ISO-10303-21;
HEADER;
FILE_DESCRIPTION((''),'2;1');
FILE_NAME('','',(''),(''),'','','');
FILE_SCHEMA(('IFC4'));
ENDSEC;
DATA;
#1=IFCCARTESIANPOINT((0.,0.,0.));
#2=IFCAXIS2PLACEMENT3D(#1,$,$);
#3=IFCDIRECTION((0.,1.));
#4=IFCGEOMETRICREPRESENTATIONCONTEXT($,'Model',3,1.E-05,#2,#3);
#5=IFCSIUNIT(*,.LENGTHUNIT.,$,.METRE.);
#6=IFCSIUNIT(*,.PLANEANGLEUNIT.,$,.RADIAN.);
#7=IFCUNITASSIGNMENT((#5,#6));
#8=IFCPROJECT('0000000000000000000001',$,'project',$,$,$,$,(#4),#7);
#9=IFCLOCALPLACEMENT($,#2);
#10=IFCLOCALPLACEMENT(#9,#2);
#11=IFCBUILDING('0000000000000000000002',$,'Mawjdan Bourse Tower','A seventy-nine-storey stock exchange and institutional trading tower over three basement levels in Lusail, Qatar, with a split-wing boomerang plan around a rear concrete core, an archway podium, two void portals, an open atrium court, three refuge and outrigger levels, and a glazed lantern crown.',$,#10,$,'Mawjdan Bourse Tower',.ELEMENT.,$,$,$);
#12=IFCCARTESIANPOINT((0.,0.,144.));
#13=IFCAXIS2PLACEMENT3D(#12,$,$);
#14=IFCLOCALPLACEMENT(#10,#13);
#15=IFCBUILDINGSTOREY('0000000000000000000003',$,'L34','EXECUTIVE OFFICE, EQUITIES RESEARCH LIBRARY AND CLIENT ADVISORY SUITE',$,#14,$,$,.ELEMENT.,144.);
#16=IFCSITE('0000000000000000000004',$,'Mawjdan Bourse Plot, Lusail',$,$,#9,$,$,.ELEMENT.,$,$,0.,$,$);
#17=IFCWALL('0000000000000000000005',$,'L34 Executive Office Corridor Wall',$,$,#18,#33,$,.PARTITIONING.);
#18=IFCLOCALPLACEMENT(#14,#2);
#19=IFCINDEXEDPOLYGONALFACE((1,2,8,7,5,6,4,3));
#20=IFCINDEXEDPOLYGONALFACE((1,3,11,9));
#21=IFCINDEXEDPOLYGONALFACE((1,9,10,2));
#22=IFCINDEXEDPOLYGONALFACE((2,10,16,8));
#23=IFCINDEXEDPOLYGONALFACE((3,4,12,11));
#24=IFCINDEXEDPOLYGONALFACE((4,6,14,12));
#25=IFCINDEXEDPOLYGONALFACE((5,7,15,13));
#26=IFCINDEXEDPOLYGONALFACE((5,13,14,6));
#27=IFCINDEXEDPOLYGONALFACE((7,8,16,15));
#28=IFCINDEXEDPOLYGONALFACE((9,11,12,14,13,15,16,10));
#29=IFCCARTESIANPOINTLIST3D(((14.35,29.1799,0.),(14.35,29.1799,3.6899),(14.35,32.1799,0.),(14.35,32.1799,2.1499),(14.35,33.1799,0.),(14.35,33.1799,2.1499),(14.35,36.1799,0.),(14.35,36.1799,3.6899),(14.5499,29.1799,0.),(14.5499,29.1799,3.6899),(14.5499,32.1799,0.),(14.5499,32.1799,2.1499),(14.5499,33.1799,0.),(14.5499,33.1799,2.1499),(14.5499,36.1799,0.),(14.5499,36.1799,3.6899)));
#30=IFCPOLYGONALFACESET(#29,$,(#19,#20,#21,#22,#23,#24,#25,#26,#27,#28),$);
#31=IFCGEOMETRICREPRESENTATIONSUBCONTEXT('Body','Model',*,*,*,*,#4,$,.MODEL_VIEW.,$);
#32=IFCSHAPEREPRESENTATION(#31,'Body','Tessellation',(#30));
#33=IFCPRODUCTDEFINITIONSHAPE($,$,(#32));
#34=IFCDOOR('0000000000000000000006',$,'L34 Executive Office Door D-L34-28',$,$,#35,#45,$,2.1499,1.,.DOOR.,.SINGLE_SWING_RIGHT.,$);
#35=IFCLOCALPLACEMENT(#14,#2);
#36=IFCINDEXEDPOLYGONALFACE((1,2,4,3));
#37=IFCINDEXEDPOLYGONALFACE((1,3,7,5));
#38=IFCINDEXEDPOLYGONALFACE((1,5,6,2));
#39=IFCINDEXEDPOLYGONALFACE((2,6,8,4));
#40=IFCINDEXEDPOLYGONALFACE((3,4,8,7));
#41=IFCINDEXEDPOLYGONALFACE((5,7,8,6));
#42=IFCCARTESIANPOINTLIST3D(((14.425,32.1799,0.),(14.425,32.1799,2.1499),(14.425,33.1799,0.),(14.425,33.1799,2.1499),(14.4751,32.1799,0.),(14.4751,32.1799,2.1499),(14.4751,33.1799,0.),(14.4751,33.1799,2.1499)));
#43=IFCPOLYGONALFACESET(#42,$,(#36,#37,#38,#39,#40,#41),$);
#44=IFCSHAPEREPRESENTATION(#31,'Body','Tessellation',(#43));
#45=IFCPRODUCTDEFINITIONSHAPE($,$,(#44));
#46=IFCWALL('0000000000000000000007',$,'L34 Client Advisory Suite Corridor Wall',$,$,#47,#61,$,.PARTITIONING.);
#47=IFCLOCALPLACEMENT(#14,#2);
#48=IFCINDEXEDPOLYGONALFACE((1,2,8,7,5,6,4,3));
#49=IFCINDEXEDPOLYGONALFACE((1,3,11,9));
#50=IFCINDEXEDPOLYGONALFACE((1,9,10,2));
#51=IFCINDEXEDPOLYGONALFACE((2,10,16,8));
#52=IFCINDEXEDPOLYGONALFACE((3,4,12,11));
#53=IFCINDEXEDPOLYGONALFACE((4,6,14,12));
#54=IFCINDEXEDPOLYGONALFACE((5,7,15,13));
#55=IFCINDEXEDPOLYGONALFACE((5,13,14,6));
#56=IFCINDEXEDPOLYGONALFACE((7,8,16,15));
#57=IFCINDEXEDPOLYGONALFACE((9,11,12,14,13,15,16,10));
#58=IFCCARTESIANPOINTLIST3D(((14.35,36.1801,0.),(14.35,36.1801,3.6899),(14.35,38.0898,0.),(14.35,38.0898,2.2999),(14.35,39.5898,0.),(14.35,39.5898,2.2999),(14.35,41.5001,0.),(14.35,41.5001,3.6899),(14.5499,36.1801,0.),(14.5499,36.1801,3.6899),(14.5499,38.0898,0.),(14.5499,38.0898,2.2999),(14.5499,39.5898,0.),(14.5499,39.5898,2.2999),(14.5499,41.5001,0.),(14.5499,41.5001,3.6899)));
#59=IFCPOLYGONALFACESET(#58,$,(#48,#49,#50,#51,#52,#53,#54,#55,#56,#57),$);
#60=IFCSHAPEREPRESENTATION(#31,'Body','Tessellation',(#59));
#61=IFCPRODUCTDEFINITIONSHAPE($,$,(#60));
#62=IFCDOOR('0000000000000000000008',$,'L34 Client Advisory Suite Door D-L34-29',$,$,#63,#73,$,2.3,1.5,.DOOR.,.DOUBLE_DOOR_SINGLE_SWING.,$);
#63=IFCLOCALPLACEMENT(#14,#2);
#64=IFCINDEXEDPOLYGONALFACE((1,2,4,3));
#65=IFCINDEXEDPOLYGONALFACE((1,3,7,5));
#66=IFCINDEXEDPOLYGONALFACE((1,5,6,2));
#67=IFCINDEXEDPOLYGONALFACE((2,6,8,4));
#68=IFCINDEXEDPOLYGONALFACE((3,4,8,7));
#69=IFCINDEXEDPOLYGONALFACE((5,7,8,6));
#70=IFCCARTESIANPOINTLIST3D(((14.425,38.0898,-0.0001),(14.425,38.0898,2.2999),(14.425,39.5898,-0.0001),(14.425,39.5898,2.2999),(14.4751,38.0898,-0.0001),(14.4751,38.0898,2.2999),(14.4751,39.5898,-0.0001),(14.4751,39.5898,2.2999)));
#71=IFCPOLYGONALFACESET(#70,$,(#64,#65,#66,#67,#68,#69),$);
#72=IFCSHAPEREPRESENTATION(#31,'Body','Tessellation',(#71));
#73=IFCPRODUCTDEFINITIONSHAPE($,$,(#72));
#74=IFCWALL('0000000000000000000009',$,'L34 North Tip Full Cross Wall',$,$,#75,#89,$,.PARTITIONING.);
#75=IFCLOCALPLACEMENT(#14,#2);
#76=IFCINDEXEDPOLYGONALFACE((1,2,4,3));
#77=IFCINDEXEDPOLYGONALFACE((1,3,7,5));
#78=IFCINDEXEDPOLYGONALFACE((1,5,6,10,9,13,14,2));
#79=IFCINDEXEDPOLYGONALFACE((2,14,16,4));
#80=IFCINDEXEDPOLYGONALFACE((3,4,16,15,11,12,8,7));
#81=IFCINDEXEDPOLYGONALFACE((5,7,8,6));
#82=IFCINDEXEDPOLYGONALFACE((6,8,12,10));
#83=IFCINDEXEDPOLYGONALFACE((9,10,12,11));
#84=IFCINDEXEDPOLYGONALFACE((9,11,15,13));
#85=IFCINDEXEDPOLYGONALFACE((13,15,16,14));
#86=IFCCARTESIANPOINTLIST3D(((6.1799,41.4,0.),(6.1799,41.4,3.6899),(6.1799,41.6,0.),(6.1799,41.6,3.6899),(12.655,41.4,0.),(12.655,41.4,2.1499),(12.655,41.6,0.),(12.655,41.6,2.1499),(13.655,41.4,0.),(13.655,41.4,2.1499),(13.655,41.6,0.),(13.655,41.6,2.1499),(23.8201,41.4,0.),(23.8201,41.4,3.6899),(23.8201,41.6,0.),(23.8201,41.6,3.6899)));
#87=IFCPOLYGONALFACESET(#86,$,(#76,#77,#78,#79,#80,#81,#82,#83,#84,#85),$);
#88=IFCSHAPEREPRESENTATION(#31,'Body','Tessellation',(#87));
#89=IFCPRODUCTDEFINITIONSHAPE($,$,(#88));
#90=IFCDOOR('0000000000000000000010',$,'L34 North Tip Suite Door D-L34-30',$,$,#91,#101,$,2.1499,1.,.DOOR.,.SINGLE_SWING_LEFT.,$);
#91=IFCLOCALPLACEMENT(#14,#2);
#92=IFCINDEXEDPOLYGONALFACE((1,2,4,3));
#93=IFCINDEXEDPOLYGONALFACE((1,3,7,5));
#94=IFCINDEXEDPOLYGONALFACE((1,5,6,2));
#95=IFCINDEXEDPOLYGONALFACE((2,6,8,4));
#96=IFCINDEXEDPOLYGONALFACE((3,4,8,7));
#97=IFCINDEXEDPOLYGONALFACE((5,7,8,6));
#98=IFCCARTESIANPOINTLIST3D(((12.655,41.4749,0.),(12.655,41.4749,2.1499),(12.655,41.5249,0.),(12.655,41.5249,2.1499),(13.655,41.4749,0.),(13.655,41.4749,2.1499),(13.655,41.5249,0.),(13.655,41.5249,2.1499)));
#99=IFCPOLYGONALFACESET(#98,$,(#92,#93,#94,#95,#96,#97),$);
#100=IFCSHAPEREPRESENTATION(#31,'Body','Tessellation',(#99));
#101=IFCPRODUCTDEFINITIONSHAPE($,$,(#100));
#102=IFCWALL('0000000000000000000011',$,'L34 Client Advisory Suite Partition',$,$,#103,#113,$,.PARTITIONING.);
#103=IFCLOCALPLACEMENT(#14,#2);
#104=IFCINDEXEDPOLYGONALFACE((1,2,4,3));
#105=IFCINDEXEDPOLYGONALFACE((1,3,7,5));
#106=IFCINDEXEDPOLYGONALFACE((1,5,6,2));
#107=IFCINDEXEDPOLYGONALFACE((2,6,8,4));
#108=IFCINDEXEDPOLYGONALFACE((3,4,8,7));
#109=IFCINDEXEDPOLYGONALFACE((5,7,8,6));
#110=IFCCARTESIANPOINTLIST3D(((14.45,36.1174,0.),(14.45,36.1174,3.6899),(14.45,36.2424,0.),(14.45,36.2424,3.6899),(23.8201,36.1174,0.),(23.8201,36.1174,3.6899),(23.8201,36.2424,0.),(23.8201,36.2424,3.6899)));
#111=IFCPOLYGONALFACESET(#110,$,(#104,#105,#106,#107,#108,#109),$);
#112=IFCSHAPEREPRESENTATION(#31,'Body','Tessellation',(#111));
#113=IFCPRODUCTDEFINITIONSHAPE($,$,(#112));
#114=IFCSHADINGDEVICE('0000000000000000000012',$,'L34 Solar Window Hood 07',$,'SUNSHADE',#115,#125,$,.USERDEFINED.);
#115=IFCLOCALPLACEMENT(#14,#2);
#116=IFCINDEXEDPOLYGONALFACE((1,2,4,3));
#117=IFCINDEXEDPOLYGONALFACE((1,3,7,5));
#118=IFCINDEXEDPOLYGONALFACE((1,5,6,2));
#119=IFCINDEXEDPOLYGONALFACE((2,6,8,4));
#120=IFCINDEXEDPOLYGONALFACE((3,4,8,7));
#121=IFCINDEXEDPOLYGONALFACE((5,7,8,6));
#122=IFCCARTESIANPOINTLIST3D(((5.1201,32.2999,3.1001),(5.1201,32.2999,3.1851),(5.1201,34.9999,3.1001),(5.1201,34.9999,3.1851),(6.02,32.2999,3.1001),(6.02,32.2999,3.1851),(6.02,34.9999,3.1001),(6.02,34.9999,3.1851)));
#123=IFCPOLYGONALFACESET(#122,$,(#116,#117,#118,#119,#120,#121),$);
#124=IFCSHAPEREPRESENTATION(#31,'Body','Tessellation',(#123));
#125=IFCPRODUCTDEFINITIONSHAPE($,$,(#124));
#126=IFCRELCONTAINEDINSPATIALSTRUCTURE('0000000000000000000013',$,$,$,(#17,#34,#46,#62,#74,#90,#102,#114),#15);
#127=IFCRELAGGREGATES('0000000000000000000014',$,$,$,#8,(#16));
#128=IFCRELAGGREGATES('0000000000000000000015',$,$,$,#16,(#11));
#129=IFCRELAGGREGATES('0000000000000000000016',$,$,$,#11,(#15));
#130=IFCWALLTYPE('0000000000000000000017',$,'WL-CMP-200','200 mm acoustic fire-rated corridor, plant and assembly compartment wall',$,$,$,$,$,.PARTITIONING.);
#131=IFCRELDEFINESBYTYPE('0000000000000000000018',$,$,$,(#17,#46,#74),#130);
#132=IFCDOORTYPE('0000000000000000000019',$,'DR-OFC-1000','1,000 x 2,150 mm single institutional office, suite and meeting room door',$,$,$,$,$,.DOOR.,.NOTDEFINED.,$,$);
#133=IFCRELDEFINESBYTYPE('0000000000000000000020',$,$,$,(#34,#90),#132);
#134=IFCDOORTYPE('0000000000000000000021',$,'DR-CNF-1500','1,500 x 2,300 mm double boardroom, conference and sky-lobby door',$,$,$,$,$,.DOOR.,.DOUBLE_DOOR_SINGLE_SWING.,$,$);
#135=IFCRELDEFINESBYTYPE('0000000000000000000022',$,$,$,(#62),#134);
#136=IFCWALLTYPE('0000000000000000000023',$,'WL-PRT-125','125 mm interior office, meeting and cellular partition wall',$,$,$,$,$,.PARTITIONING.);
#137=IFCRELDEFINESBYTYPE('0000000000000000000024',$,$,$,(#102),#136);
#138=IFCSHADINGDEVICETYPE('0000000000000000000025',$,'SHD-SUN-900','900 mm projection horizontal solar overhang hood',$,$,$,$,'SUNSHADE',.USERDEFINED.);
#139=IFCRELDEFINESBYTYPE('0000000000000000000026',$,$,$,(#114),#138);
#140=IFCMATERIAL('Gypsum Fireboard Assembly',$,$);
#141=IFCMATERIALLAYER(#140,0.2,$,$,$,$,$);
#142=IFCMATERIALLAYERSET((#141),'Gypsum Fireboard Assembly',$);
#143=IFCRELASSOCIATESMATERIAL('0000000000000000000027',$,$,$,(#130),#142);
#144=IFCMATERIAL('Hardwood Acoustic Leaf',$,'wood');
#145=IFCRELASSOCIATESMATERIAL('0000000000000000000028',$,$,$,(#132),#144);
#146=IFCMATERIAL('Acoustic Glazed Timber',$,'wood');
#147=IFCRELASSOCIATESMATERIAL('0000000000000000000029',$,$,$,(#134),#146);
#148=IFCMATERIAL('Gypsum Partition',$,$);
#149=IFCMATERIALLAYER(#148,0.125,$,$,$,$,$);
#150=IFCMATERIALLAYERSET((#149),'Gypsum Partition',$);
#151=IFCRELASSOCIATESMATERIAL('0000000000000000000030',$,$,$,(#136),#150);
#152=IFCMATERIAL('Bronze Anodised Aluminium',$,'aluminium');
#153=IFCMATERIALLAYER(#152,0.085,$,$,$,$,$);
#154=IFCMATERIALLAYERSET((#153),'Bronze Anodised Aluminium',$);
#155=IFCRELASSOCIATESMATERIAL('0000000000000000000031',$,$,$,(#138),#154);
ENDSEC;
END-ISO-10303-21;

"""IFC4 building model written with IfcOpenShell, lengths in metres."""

from ifc_helpers import new_model, si_unit, direction, frame, frame_2d, origin, origin_2d, place, context, subcontext, project, spatial, rectangle, extrude, material, layer, layer_set, type_object, element, fill, save


model = new_model("IFC4")

# Units and contexts
model_context = context("Model", 3, precision=1e-05, world=origin(), true_north=direction((0.0, 1.0)))
body_context = subcontext(model_context, "Body", "Model", "MODEL_VIEW")
ifc_project = project(units=[si_unit("LENGTHUNIT", "METRE"), si_unit("PLANEANGLEUNIT", "RADIAN")], contexts=[model_context])

# Site, building, storey
site_placement = place(None, origin())
site = spatial("IfcSite", under=ifc_project, at=site_placement, Name="Mawjdan Bourse Plot, Lusail", CompositionType="ELEMENT", RefElevation=0.0)
building_placement = place(site_placement, origin())
building = spatial("IfcBuilding", under=site, at=building_placement, Name="Mawjdan Bourse Tower", Description="A seventy-nine-storey stock exchange and institutional trading tower over three basement levels in Lusail, Qatar, with a split-wing boomerang plan around a rear concrete core, an archway podium, two void portals, an open atrium court, three refuge and outrigger levels, and a glazed lantern crown.", LongName="Mawjdan Bourse Tower", CompositionType="ELEMENT")
storey_placement = place(building_placement, frame((0.0, 0.0, 144.0)))
storey = spatial("IfcBuildingStorey", under=building, at=storey_placement, Name="L34", Description="EXECUTIVE OFFICE, EQUITIES RESEARCH LIBRARY AND CLIENT ADVISORY SUITE", CompositionType="ELEMENT", Elevation=144.0)

# Shared definitions
ifc_material_1 = material(Name="Gypsum Fireboard Assembly")
ifc_layer_1 = layer(ifc_material_1, 0.2)
ifc_layer_set_1 = layer_set([ifc_layer_1], Name="Gypsum Fireboard Assembly")
wall_type_1 = type_object("IfcWallType", Name="WL-CMP-200", Description="200 mm acoustic fire-rated corridor, plant and assembly compartment wall", PredefinedType="PARTITIONING", material=ifc_layer_set_1)

# Walls, openings, doors
ifc_material_2 = material(Name="Hardwood Acoustic Leaf", Category="wood")
door_type_1 = type_object("IfcDoorType", Name="DR-OFC-1000", Description="1,000 x 2,150 mm single institutional office, suite and meeting room door", OperationType="NOTDEFINED", PredefinedType="DOOR", material=ifc_material_2)
wall_1_placement = place(storey_placement, frame((14.45, 29.1799, 0.0), z_axis=(0.0, 0.0, 1.0), x_axis=(0.0, 1.0, 0.0)))
wall_1 = element("IfcWall", 1, at=wall_1_placement, inside=storey, type_object=wall_type_1, Name="L34 Executive Office Corridor Wall", PredefinedType="PARTITIONING", context=body_context, shape_type="SweptSolid", body=[
    extrude(rectangle(XDim=7.0, YDim=0.2, at=frame_2d((3.5, 0.0))), origin(), (0.0, 0.0, 1.0), 3.6899),
])
opening_1_placement = place(wall_1_placement, frame((3.0, 0.0, 0.0)))
opening_1 = element("IfcOpeningElement", 2, at=opening_1_placement, cuts=wall_1, PredefinedType="OPENING", context=body_context, shape_type="SweptSolid", body=[
    extrude(rectangle(XDim=1.0, YDim=2.1499, at=frame_2d((0.5, 1.075))), frame((0.0, 0.1099, 0.0), z_axis=(0.0, -1.0, 0.0), x_axis=(1.0, 0.0, 0.0)), (0.0, 0.0, 1.0), 0.22),
])
door_1_placement = place(opening_1_placement, origin())
door_1 = element("IfcDoor", 3, at=door_1_placement, inside=storey, type_object=door_type_1, Name="L34 Executive Office Door D-L34-28", OperationType="SINGLE_SWING_RIGHT", OverallHeight=2.1499, OverallWidth=1.0, PredefinedType="DOOR", context=body_context, shape_type="SweptSolid", body=[
    extrude(rectangle(XDim=1.0, YDim=2.1499, at=frame_2d((0.5, 1.075))), frame((0.0, 0.0249, 0.0), z_axis=(0.0, -1.0, 0.0), x_axis=(1.0, 0.0, 0.0)), (0.0, 0.0, 1.0), 0.05),
])
fill(opening_1, door_1)
wall_2_placement = place(storey_placement, frame((14.45, 36.1799, 0.0), z_axis=(0.0, 0.0, 1.0), x_axis=(0.0, 1.0, 0.0)))
wall_2 = element("IfcWall", 4, at=wall_2_placement, inside=storey, type_object=wall_type_1, Name="L34 Client Advisory Suite Corridor Wall", PredefinedType="PARTITIONING", context=body_context, shape_type="SweptSolid", body=[
    extrude(rectangle(XDim=5.3201, YDim=0.2, at=frame_2d((2.6602, 0.0))), origin(), (0.0, 0.0, 1.0), 3.6899),
])
opening_2_placement = place(wall_2_placement, frame((1.9099, 0.0, 0.0)))
opening_2 = element("IfcOpeningElement", 5, at=opening_2_placement, cuts=wall_2, PredefinedType="OPENING", context=body_context, shape_type="SweptSolid", body=[
    extrude(rectangle(XDim=1.5, YDim=2.3, at=frame_2d((0.75, 1.1499))), frame((0.0, 0.1099, 0.0), z_axis=(0.0, -1.0, 0.0), x_axis=(1.0, 0.0, 0.0)), (0.0, 0.0, 1.0), 0.22),
])
ifc_material_3 = material(Name="Acoustic Glazed Timber", Category="wood")
door_type_2 = type_object("IfcDoorType", Name="DR-CNF-1500", Description="1,500 x 2,300 mm double boardroom, conference and sky-lobby door", OperationType="DOUBLE_DOOR_SINGLE_SWING", PredefinedType="DOOR", material=ifc_material_3)
door_2_placement = place(opening_2_placement, origin())
door_2 = element("IfcDoor", 6, at=door_2_placement, inside=storey, type_object=door_type_2, Name="L34 Client Advisory Suite Door D-L34-29", OperationType="DOUBLE_DOOR_SINGLE_SWING", OverallHeight=2.3, OverallWidth=1.5, PredefinedType="DOOR", context=body_context, shape_type="SweptSolid", body=[
    extrude(rectangle(XDim=1.5, YDim=2.3, at=frame_2d((0.75, 1.1499))), frame((0.0, 0.0249, 0.0), z_axis=(0.0, -1.0, 0.0), x_axis=(1.0, 0.0, 0.0)), (0.0, 0.0, 1.0), 0.05),
])
fill(opening_2, door_2)
wall_3_placement = place(storey_placement, frame((6.1799, 41.5, 0.0), z_axis=(0.0, 0.0, 1.0), x_axis=(1.0, 0.0, 0.0)))
wall_3 = element("IfcWall", 7, at=wall_3_placement, inside=storey, type_object=wall_type_1, Name="L34 North Tip Full Cross Wall", PredefinedType="PARTITIONING", context=body_context, shape_type="SweptSolid", body=[
    extrude(rectangle(XDim=17.6401, YDim=0.2, at=frame_2d((8.8201, 0.0))), origin(), (0.0, 0.0, 1.0), 3.6899),
])
opening_3_placement = place(wall_3_placement, frame((6.4751, 0.0, 0.0)))
opening_3 = element("IfcOpeningElement", 8, at=opening_3_placement, cuts=wall_3, PredefinedType="OPENING", context=body_context, shape_type="SweptSolid", body=[
    extrude(rectangle(XDim=1.0, YDim=2.1499, at=frame_2d((0.5, 1.075))), frame((0.0, 0.1099, 0.0), z_axis=(0.0, -1.0, 0.0), x_axis=(1.0, 0.0, 0.0)), (0.0, 0.0, 1.0), 0.22),
])
door_3_placement = place(opening_3_placement, origin())
door_3 = element("IfcDoor", 9, at=door_3_placement, inside=storey, type_object=door_type_1, Name="L34 North Tip Suite Door D-L34-30", OperationType="SINGLE_SWING_LEFT", OverallHeight=2.1499, OverallWidth=1.0, PredefinedType="DOOR", context=body_context, shape_type="SweptSolid", body=[
    extrude(rectangle(XDim=1.0, YDim=2.1499, at=frame_2d((0.5, 1.075))), frame((0.0, 0.0249, 0.0), z_axis=(0.0, -1.0, 0.0), x_axis=(1.0, 0.0, 0.0)), (0.0, 0.0, 1.0), 0.05),
])
fill(opening_3, door_3)

# Wall
ifc_material_4 = material(Name="Gypsum Partition")
ifc_layer_2 = layer(ifc_material_4, 0.125)
ifc_layer_set_2 = layer_set([ifc_layer_2], Name="Gypsum Partition")
wall_type_2 = type_object("IfcWallType", Name="WL-PRT-125", Description="125 mm interior office, meeting and cellular partition wall", PredefinedType="PARTITIONING", material=ifc_layer_set_2)
wall_4_placement = place(storey_placement, frame((14.45, 36.1799, 0.0), z_axis=(0.0, 0.0, 1.0), x_axis=(1.0, 0.0, 0.0)))
element("IfcWall", 10, at=wall_4_placement, inside=storey, type_object=wall_type_2, Name="L34 Client Advisory Suite Partition", PredefinedType="PARTITIONING", context=body_context, shape_type="SweptSolid", body=[
    extrude(rectangle(XDim=9.3701, YDim=0.125, at=frame_2d((4.6851, 0.0))), origin(), (0.0, 0.0, 1.0), 3.6899),
])

# Shading device
ifc_material_5 = material(Name="Bronze Anodised Aluminium", Category="aluminium")
ifc_layer_3 = layer(ifc_material_5, 0.085)
ifc_layer_set_3 = layer_set([ifc_layer_3], Name="Bronze Anodised Aluminium")
shading_device_type = type_object("IfcShadingDeviceType", Name="SHD-SUN-900", Description="900 mm projection horizontal solar overhang hood", ElementType="SUNSHADE", PredefinedType="USERDEFINED", material=ifc_layer_set_3)
shading_device_placement = place(storey_placement, frame((5.5701, 33.6499, 3.1001), z_axis=(0.0, 0.0, 1.0), x_axis=(0.0, -1.0, 0.0)))
element("IfcShadingDevice", 11, at=shading_device_placement, inside=storey, type_object=shading_device_type, Name="L34 Solar Window Hood 07", ObjectType="SUNSHADE", PredefinedType="USERDEFINED", context=body_context, shape_type="SweptSolid", body=[
    extrude(rectangle(XDim=2.7, YDim=0.8999, at=origin_2d()), origin(), (0.0, 0.0, 1.0), 0.085),
])

save(model, "model.ifc")
